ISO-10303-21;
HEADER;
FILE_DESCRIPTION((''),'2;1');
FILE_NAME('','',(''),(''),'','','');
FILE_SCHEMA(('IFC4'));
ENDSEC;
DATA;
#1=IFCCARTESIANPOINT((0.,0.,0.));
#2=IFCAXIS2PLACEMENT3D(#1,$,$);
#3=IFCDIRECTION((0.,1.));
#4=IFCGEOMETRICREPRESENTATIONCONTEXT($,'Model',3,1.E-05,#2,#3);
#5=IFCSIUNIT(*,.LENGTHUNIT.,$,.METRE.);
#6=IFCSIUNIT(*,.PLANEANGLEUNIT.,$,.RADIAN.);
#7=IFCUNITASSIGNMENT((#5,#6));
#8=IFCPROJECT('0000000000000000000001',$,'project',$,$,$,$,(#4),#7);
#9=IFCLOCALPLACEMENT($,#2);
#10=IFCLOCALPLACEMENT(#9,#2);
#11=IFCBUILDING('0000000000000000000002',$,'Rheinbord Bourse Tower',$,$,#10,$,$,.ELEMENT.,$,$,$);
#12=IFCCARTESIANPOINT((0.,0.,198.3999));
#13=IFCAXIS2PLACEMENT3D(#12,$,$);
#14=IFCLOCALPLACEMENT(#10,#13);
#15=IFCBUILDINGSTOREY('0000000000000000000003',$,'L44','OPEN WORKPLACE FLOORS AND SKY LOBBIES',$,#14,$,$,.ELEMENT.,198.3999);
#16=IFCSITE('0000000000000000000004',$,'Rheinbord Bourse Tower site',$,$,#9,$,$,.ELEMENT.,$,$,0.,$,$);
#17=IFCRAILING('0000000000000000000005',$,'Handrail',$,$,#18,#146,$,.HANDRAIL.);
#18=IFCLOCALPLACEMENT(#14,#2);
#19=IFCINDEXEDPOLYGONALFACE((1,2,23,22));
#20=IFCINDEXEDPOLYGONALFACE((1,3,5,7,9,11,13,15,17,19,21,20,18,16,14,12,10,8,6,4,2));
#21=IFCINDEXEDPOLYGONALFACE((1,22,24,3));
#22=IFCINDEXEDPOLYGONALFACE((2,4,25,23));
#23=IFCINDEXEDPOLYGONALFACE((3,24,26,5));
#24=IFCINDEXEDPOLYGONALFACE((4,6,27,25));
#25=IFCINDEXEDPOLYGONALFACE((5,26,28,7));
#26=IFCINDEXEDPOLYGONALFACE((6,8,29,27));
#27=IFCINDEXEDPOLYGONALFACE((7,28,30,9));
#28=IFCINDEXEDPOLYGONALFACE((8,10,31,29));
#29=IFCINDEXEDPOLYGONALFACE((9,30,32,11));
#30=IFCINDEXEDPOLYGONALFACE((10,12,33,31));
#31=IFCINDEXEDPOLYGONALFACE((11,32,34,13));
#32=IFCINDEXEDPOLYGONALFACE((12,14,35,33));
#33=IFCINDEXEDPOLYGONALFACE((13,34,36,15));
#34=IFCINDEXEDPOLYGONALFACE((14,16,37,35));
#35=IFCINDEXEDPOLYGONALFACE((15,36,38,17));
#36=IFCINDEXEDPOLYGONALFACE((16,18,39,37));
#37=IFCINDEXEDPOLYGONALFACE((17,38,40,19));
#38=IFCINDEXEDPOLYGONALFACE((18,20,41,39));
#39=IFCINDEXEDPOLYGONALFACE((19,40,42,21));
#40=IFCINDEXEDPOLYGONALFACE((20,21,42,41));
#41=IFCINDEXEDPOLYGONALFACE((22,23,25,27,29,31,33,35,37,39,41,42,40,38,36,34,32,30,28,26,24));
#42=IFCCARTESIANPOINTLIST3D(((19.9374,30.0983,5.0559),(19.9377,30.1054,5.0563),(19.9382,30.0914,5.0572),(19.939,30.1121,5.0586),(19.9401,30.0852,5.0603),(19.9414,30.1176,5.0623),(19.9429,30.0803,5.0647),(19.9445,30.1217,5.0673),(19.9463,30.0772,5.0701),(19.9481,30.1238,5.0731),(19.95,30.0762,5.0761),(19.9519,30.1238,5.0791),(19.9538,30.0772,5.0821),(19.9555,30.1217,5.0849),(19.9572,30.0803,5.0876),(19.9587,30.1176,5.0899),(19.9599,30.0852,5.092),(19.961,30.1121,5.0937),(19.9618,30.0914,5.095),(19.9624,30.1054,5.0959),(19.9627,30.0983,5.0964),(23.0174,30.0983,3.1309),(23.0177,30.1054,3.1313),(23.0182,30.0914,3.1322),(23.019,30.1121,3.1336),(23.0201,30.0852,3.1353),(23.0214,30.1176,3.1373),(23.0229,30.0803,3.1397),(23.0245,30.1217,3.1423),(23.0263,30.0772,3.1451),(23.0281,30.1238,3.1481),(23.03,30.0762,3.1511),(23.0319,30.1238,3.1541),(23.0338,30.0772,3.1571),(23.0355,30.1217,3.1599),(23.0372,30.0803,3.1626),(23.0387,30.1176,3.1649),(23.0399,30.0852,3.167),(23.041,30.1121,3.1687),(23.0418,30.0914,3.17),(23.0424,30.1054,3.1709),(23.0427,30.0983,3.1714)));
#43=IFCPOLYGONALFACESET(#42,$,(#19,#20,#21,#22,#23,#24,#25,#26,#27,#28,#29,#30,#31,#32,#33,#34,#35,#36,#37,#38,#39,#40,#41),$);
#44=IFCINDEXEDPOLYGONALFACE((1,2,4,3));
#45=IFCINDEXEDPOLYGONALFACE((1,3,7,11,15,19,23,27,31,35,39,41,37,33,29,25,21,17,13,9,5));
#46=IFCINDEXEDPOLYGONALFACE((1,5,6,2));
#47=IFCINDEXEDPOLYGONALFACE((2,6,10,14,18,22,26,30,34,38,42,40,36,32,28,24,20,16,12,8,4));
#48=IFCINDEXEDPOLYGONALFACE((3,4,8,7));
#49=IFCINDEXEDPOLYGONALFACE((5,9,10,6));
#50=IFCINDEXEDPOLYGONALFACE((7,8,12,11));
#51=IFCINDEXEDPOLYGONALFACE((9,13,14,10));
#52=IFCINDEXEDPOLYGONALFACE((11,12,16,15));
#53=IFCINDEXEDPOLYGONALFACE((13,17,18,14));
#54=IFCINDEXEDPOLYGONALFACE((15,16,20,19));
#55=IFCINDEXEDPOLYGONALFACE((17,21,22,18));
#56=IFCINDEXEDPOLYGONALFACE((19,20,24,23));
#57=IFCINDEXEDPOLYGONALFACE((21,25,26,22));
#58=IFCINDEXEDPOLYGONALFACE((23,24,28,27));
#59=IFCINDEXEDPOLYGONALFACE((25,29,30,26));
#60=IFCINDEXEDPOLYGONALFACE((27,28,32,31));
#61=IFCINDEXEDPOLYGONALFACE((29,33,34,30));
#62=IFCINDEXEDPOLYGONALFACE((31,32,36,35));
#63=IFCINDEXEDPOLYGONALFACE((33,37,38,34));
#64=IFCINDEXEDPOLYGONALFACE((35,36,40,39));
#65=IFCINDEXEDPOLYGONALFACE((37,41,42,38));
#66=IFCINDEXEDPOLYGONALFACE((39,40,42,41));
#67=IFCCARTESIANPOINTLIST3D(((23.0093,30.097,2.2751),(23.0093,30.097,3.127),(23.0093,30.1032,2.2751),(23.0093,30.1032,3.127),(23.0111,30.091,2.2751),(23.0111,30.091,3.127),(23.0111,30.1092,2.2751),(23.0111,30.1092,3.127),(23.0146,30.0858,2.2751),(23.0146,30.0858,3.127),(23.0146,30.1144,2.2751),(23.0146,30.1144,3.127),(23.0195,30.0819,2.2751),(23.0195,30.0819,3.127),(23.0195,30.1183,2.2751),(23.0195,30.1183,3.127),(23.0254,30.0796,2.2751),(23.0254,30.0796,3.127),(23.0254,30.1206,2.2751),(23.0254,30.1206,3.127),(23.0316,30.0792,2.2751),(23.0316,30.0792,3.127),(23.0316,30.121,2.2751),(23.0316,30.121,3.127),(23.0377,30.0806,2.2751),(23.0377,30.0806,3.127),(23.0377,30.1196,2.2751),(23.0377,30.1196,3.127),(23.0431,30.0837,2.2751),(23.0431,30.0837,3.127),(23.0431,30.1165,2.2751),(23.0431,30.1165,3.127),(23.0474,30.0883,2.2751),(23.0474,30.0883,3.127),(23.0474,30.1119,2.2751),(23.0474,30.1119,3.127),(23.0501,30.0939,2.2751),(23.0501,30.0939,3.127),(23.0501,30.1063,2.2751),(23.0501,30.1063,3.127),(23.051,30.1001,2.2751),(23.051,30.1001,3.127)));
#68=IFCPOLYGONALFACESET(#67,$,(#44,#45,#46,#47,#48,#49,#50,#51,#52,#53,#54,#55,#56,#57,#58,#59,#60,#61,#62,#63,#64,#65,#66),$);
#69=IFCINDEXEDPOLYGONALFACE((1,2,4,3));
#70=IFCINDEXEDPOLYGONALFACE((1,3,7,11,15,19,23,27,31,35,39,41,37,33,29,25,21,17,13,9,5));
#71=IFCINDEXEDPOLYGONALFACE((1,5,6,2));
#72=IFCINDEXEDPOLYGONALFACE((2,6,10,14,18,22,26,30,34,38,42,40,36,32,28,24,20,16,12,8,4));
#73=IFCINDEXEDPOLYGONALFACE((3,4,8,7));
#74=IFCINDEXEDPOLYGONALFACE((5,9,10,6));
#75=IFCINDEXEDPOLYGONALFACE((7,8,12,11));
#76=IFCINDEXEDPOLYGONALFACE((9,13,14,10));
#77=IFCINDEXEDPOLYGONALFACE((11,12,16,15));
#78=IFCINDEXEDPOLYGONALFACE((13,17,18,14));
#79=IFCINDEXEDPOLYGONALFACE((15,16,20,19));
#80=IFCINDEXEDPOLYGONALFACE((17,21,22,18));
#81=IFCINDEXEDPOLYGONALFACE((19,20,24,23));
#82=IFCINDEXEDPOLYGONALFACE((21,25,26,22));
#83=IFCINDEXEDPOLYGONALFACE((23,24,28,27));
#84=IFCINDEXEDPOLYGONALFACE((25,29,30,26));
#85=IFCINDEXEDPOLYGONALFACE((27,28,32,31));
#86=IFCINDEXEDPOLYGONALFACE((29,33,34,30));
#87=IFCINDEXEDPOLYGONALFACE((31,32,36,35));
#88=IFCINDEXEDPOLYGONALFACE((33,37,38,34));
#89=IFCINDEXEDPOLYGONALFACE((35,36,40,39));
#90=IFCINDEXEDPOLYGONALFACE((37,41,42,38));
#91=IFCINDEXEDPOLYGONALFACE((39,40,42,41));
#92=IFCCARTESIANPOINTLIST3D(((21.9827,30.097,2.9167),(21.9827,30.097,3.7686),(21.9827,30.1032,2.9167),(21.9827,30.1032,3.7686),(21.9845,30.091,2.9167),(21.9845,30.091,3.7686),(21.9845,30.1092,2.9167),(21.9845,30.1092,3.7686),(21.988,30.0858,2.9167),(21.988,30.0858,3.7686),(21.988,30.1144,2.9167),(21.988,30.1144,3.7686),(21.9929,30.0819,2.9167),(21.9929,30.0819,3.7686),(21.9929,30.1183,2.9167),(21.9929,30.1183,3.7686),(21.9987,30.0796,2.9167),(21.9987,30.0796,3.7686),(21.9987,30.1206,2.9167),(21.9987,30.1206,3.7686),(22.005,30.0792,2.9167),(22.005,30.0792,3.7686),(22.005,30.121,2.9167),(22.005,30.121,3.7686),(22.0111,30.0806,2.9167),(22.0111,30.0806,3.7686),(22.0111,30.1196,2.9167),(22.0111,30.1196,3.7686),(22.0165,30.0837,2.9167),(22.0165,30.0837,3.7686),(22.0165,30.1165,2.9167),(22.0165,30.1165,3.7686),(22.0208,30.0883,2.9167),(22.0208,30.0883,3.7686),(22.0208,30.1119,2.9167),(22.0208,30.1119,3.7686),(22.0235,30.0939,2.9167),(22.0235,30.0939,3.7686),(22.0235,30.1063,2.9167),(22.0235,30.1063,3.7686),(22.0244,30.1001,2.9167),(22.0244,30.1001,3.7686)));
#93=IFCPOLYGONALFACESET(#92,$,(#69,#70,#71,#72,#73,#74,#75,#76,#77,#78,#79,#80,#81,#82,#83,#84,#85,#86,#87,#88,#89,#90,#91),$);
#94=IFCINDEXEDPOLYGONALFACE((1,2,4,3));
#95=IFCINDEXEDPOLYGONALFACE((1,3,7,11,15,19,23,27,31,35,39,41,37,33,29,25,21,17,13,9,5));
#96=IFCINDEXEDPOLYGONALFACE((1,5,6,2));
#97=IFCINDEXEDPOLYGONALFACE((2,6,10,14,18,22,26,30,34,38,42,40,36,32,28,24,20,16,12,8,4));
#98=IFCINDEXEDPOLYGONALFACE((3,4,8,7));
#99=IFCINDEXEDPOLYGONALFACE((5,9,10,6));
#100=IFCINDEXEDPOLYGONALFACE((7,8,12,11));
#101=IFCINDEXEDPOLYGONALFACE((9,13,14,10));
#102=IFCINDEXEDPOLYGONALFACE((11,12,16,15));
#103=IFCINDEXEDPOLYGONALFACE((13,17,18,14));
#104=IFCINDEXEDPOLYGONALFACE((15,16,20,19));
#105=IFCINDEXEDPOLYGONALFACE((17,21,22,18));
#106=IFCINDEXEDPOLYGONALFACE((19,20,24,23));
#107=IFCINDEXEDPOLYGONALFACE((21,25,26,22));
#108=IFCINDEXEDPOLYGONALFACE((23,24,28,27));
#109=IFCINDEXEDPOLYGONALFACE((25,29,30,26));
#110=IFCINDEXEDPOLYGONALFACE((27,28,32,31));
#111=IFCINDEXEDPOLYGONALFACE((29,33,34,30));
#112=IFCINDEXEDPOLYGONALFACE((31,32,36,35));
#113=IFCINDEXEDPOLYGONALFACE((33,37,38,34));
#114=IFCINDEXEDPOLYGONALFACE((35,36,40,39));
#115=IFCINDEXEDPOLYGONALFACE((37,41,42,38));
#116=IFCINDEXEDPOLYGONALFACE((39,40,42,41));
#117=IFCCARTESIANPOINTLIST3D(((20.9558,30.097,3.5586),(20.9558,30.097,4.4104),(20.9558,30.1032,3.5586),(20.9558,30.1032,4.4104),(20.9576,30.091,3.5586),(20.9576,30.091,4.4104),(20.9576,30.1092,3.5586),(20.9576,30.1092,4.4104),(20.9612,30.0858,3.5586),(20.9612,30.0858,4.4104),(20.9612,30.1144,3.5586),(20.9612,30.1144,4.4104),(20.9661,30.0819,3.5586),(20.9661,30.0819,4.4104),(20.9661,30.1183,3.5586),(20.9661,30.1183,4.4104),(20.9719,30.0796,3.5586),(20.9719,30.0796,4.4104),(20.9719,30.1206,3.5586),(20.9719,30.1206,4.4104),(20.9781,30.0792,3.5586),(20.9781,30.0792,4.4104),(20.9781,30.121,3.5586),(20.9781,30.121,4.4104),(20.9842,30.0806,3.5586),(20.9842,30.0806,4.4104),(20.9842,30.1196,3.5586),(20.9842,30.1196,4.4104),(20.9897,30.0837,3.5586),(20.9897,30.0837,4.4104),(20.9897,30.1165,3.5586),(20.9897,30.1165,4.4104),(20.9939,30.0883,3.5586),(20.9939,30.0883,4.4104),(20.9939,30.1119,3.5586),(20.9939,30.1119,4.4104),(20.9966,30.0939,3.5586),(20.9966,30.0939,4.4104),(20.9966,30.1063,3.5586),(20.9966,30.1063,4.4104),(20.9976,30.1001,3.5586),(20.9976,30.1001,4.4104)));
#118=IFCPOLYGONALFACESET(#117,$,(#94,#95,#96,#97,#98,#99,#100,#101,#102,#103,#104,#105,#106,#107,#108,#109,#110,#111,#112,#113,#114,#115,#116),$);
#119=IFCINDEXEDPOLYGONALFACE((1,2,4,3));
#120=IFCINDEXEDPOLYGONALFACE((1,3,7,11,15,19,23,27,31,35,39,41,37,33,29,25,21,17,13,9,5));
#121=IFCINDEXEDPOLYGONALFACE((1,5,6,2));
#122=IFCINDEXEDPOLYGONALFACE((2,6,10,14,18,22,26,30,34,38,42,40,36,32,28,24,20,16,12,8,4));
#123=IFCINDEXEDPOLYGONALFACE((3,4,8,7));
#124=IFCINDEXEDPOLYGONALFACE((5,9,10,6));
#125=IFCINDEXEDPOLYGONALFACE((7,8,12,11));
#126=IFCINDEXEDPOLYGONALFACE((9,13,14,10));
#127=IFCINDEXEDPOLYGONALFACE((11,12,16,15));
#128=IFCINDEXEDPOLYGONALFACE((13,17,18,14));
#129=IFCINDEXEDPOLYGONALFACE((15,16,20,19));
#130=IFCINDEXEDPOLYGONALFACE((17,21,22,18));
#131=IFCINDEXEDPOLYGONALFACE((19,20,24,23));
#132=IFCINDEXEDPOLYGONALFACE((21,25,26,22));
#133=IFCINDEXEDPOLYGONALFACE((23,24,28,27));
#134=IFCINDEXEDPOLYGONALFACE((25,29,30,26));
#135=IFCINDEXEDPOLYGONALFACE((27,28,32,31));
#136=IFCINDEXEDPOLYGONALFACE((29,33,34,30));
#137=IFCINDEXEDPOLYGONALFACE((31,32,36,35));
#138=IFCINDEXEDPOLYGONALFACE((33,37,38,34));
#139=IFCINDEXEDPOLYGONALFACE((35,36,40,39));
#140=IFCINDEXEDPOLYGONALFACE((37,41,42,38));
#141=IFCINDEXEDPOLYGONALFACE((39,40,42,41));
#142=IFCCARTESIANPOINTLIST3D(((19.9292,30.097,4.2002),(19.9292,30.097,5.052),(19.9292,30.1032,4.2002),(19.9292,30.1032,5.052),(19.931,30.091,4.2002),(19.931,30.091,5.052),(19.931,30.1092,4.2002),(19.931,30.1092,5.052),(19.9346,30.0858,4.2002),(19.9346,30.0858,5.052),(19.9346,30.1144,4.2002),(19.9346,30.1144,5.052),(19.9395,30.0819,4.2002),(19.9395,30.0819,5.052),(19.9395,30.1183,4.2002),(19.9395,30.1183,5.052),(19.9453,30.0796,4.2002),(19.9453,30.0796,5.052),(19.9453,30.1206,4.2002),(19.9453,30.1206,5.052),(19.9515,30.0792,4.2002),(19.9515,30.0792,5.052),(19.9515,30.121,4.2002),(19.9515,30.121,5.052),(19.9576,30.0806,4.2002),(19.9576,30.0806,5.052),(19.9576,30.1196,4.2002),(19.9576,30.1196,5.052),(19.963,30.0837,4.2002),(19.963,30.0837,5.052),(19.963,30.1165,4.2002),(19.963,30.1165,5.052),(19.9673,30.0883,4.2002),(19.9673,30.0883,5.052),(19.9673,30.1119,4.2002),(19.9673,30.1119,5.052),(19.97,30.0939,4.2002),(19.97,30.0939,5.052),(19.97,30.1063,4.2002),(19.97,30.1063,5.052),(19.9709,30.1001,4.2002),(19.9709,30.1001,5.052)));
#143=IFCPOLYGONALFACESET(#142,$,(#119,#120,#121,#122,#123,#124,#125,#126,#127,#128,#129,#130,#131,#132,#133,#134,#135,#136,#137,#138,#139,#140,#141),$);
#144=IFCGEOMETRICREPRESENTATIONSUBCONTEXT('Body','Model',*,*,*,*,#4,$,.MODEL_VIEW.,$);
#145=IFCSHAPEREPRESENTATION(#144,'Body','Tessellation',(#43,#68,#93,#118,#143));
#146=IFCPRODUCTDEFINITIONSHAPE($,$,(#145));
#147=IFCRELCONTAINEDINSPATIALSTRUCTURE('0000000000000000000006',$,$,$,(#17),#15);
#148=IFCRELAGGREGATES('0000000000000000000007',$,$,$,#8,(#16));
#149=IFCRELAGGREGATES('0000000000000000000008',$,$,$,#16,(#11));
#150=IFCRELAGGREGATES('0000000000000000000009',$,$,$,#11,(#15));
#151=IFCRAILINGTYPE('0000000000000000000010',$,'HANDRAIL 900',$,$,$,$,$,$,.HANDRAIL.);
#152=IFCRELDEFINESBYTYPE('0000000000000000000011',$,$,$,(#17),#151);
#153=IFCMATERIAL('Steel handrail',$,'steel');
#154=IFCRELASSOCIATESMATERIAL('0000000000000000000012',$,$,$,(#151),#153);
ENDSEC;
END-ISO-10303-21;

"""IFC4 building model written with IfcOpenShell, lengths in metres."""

from ifc_helpers import new_model, si_unit, direction, frame, origin, origin_2d, place, context, subcontext, project, spatial, circle, extrude, material, type_object, element, save


model = new_model("IFC4")

# Units and contexts
model_context = context("Model", 3, precision=1e-05, world=origin(), true_north=direction((0.0, 1.0)))
body_context = subcontext(model_context, "Body", "Model", "MODEL_VIEW")
ifc_project = project(units=[si_unit("LENGTHUNIT", "METRE"), si_unit("PLANEANGLEUNIT", "RADIAN")], contexts=[model_context])

# Site, building, storey
site_placement = place(None, origin())
site = spatial("IfcSite", under=ifc_project, at=site_placement, Name="Rheinbord Bourse Tower site", CompositionType="ELEMENT", RefElevation=0.0)
building_placement = place(site_placement, origin())
building = spatial("IfcBuilding", under=site, at=building_placement, Name="Rheinbord Bourse Tower", CompositionType="ELEMENT")
storey_placement = place(building_placement, frame((0.0, 0.0, 198.3999)))
storey = spatial("IfcBuildingStorey", under=building, at=storey_placement, Name="L44", Description="OPEN WORKPLACE FLOORS AND SKY LOBBIES", CompositionType="ELEMENT", Elevation=198.3999)

# Railing
ifc_material_1 = material(Name="Steel handrail", Category="steel")
railing_type = type_object("IfcRailingType", Name="HANDRAIL 900", PredefinedType="HANDRAIL", material=ifc_material_1)
railing_1_placement = place(storey_placement, frame((23.03, 30.1001, 2.2751)))
element("IfcRailing", 1, at=railing_1_placement, inside=storey, type_object=railing_type, Name="Handrail", PredefinedType="HANDRAIL", context=body_context, shape_type="SweptSolid", body=[
    extrude(circle(Radius=0.0239, at=origin_2d()), frame((0.0, 0.0, 0.876), z_axis=(-0.847998, 0.0, 0.529999), x_axis=(0.0, -1.0, 0.0)), (0.0, 0.0, 1.0), 3.6321),
    extrude(circle(Radius=0.021, at=origin_2d()), origin(), (0.0, 0.0, 1.0), 0.8518),
    extrude(circle(Radius=0.021, at=origin_2d()), frame((-1.0266, 0.0, 0.6416)), (0.0, 0.0, 1.0), 0.8518),
    extrude(circle(Radius=0.021, at=origin_2d()), frame((-2.0535, 0.0, 1.2834)), (0.0, 0.0, 1.0), 0.8518),
    extrude(circle(Radius=0.021, at=origin_2d()), frame((-3.0801, 0.0, 1.925)), (0.0, 0.0, 1.0), 0.8518),
])

save(model, "model.ifc")
